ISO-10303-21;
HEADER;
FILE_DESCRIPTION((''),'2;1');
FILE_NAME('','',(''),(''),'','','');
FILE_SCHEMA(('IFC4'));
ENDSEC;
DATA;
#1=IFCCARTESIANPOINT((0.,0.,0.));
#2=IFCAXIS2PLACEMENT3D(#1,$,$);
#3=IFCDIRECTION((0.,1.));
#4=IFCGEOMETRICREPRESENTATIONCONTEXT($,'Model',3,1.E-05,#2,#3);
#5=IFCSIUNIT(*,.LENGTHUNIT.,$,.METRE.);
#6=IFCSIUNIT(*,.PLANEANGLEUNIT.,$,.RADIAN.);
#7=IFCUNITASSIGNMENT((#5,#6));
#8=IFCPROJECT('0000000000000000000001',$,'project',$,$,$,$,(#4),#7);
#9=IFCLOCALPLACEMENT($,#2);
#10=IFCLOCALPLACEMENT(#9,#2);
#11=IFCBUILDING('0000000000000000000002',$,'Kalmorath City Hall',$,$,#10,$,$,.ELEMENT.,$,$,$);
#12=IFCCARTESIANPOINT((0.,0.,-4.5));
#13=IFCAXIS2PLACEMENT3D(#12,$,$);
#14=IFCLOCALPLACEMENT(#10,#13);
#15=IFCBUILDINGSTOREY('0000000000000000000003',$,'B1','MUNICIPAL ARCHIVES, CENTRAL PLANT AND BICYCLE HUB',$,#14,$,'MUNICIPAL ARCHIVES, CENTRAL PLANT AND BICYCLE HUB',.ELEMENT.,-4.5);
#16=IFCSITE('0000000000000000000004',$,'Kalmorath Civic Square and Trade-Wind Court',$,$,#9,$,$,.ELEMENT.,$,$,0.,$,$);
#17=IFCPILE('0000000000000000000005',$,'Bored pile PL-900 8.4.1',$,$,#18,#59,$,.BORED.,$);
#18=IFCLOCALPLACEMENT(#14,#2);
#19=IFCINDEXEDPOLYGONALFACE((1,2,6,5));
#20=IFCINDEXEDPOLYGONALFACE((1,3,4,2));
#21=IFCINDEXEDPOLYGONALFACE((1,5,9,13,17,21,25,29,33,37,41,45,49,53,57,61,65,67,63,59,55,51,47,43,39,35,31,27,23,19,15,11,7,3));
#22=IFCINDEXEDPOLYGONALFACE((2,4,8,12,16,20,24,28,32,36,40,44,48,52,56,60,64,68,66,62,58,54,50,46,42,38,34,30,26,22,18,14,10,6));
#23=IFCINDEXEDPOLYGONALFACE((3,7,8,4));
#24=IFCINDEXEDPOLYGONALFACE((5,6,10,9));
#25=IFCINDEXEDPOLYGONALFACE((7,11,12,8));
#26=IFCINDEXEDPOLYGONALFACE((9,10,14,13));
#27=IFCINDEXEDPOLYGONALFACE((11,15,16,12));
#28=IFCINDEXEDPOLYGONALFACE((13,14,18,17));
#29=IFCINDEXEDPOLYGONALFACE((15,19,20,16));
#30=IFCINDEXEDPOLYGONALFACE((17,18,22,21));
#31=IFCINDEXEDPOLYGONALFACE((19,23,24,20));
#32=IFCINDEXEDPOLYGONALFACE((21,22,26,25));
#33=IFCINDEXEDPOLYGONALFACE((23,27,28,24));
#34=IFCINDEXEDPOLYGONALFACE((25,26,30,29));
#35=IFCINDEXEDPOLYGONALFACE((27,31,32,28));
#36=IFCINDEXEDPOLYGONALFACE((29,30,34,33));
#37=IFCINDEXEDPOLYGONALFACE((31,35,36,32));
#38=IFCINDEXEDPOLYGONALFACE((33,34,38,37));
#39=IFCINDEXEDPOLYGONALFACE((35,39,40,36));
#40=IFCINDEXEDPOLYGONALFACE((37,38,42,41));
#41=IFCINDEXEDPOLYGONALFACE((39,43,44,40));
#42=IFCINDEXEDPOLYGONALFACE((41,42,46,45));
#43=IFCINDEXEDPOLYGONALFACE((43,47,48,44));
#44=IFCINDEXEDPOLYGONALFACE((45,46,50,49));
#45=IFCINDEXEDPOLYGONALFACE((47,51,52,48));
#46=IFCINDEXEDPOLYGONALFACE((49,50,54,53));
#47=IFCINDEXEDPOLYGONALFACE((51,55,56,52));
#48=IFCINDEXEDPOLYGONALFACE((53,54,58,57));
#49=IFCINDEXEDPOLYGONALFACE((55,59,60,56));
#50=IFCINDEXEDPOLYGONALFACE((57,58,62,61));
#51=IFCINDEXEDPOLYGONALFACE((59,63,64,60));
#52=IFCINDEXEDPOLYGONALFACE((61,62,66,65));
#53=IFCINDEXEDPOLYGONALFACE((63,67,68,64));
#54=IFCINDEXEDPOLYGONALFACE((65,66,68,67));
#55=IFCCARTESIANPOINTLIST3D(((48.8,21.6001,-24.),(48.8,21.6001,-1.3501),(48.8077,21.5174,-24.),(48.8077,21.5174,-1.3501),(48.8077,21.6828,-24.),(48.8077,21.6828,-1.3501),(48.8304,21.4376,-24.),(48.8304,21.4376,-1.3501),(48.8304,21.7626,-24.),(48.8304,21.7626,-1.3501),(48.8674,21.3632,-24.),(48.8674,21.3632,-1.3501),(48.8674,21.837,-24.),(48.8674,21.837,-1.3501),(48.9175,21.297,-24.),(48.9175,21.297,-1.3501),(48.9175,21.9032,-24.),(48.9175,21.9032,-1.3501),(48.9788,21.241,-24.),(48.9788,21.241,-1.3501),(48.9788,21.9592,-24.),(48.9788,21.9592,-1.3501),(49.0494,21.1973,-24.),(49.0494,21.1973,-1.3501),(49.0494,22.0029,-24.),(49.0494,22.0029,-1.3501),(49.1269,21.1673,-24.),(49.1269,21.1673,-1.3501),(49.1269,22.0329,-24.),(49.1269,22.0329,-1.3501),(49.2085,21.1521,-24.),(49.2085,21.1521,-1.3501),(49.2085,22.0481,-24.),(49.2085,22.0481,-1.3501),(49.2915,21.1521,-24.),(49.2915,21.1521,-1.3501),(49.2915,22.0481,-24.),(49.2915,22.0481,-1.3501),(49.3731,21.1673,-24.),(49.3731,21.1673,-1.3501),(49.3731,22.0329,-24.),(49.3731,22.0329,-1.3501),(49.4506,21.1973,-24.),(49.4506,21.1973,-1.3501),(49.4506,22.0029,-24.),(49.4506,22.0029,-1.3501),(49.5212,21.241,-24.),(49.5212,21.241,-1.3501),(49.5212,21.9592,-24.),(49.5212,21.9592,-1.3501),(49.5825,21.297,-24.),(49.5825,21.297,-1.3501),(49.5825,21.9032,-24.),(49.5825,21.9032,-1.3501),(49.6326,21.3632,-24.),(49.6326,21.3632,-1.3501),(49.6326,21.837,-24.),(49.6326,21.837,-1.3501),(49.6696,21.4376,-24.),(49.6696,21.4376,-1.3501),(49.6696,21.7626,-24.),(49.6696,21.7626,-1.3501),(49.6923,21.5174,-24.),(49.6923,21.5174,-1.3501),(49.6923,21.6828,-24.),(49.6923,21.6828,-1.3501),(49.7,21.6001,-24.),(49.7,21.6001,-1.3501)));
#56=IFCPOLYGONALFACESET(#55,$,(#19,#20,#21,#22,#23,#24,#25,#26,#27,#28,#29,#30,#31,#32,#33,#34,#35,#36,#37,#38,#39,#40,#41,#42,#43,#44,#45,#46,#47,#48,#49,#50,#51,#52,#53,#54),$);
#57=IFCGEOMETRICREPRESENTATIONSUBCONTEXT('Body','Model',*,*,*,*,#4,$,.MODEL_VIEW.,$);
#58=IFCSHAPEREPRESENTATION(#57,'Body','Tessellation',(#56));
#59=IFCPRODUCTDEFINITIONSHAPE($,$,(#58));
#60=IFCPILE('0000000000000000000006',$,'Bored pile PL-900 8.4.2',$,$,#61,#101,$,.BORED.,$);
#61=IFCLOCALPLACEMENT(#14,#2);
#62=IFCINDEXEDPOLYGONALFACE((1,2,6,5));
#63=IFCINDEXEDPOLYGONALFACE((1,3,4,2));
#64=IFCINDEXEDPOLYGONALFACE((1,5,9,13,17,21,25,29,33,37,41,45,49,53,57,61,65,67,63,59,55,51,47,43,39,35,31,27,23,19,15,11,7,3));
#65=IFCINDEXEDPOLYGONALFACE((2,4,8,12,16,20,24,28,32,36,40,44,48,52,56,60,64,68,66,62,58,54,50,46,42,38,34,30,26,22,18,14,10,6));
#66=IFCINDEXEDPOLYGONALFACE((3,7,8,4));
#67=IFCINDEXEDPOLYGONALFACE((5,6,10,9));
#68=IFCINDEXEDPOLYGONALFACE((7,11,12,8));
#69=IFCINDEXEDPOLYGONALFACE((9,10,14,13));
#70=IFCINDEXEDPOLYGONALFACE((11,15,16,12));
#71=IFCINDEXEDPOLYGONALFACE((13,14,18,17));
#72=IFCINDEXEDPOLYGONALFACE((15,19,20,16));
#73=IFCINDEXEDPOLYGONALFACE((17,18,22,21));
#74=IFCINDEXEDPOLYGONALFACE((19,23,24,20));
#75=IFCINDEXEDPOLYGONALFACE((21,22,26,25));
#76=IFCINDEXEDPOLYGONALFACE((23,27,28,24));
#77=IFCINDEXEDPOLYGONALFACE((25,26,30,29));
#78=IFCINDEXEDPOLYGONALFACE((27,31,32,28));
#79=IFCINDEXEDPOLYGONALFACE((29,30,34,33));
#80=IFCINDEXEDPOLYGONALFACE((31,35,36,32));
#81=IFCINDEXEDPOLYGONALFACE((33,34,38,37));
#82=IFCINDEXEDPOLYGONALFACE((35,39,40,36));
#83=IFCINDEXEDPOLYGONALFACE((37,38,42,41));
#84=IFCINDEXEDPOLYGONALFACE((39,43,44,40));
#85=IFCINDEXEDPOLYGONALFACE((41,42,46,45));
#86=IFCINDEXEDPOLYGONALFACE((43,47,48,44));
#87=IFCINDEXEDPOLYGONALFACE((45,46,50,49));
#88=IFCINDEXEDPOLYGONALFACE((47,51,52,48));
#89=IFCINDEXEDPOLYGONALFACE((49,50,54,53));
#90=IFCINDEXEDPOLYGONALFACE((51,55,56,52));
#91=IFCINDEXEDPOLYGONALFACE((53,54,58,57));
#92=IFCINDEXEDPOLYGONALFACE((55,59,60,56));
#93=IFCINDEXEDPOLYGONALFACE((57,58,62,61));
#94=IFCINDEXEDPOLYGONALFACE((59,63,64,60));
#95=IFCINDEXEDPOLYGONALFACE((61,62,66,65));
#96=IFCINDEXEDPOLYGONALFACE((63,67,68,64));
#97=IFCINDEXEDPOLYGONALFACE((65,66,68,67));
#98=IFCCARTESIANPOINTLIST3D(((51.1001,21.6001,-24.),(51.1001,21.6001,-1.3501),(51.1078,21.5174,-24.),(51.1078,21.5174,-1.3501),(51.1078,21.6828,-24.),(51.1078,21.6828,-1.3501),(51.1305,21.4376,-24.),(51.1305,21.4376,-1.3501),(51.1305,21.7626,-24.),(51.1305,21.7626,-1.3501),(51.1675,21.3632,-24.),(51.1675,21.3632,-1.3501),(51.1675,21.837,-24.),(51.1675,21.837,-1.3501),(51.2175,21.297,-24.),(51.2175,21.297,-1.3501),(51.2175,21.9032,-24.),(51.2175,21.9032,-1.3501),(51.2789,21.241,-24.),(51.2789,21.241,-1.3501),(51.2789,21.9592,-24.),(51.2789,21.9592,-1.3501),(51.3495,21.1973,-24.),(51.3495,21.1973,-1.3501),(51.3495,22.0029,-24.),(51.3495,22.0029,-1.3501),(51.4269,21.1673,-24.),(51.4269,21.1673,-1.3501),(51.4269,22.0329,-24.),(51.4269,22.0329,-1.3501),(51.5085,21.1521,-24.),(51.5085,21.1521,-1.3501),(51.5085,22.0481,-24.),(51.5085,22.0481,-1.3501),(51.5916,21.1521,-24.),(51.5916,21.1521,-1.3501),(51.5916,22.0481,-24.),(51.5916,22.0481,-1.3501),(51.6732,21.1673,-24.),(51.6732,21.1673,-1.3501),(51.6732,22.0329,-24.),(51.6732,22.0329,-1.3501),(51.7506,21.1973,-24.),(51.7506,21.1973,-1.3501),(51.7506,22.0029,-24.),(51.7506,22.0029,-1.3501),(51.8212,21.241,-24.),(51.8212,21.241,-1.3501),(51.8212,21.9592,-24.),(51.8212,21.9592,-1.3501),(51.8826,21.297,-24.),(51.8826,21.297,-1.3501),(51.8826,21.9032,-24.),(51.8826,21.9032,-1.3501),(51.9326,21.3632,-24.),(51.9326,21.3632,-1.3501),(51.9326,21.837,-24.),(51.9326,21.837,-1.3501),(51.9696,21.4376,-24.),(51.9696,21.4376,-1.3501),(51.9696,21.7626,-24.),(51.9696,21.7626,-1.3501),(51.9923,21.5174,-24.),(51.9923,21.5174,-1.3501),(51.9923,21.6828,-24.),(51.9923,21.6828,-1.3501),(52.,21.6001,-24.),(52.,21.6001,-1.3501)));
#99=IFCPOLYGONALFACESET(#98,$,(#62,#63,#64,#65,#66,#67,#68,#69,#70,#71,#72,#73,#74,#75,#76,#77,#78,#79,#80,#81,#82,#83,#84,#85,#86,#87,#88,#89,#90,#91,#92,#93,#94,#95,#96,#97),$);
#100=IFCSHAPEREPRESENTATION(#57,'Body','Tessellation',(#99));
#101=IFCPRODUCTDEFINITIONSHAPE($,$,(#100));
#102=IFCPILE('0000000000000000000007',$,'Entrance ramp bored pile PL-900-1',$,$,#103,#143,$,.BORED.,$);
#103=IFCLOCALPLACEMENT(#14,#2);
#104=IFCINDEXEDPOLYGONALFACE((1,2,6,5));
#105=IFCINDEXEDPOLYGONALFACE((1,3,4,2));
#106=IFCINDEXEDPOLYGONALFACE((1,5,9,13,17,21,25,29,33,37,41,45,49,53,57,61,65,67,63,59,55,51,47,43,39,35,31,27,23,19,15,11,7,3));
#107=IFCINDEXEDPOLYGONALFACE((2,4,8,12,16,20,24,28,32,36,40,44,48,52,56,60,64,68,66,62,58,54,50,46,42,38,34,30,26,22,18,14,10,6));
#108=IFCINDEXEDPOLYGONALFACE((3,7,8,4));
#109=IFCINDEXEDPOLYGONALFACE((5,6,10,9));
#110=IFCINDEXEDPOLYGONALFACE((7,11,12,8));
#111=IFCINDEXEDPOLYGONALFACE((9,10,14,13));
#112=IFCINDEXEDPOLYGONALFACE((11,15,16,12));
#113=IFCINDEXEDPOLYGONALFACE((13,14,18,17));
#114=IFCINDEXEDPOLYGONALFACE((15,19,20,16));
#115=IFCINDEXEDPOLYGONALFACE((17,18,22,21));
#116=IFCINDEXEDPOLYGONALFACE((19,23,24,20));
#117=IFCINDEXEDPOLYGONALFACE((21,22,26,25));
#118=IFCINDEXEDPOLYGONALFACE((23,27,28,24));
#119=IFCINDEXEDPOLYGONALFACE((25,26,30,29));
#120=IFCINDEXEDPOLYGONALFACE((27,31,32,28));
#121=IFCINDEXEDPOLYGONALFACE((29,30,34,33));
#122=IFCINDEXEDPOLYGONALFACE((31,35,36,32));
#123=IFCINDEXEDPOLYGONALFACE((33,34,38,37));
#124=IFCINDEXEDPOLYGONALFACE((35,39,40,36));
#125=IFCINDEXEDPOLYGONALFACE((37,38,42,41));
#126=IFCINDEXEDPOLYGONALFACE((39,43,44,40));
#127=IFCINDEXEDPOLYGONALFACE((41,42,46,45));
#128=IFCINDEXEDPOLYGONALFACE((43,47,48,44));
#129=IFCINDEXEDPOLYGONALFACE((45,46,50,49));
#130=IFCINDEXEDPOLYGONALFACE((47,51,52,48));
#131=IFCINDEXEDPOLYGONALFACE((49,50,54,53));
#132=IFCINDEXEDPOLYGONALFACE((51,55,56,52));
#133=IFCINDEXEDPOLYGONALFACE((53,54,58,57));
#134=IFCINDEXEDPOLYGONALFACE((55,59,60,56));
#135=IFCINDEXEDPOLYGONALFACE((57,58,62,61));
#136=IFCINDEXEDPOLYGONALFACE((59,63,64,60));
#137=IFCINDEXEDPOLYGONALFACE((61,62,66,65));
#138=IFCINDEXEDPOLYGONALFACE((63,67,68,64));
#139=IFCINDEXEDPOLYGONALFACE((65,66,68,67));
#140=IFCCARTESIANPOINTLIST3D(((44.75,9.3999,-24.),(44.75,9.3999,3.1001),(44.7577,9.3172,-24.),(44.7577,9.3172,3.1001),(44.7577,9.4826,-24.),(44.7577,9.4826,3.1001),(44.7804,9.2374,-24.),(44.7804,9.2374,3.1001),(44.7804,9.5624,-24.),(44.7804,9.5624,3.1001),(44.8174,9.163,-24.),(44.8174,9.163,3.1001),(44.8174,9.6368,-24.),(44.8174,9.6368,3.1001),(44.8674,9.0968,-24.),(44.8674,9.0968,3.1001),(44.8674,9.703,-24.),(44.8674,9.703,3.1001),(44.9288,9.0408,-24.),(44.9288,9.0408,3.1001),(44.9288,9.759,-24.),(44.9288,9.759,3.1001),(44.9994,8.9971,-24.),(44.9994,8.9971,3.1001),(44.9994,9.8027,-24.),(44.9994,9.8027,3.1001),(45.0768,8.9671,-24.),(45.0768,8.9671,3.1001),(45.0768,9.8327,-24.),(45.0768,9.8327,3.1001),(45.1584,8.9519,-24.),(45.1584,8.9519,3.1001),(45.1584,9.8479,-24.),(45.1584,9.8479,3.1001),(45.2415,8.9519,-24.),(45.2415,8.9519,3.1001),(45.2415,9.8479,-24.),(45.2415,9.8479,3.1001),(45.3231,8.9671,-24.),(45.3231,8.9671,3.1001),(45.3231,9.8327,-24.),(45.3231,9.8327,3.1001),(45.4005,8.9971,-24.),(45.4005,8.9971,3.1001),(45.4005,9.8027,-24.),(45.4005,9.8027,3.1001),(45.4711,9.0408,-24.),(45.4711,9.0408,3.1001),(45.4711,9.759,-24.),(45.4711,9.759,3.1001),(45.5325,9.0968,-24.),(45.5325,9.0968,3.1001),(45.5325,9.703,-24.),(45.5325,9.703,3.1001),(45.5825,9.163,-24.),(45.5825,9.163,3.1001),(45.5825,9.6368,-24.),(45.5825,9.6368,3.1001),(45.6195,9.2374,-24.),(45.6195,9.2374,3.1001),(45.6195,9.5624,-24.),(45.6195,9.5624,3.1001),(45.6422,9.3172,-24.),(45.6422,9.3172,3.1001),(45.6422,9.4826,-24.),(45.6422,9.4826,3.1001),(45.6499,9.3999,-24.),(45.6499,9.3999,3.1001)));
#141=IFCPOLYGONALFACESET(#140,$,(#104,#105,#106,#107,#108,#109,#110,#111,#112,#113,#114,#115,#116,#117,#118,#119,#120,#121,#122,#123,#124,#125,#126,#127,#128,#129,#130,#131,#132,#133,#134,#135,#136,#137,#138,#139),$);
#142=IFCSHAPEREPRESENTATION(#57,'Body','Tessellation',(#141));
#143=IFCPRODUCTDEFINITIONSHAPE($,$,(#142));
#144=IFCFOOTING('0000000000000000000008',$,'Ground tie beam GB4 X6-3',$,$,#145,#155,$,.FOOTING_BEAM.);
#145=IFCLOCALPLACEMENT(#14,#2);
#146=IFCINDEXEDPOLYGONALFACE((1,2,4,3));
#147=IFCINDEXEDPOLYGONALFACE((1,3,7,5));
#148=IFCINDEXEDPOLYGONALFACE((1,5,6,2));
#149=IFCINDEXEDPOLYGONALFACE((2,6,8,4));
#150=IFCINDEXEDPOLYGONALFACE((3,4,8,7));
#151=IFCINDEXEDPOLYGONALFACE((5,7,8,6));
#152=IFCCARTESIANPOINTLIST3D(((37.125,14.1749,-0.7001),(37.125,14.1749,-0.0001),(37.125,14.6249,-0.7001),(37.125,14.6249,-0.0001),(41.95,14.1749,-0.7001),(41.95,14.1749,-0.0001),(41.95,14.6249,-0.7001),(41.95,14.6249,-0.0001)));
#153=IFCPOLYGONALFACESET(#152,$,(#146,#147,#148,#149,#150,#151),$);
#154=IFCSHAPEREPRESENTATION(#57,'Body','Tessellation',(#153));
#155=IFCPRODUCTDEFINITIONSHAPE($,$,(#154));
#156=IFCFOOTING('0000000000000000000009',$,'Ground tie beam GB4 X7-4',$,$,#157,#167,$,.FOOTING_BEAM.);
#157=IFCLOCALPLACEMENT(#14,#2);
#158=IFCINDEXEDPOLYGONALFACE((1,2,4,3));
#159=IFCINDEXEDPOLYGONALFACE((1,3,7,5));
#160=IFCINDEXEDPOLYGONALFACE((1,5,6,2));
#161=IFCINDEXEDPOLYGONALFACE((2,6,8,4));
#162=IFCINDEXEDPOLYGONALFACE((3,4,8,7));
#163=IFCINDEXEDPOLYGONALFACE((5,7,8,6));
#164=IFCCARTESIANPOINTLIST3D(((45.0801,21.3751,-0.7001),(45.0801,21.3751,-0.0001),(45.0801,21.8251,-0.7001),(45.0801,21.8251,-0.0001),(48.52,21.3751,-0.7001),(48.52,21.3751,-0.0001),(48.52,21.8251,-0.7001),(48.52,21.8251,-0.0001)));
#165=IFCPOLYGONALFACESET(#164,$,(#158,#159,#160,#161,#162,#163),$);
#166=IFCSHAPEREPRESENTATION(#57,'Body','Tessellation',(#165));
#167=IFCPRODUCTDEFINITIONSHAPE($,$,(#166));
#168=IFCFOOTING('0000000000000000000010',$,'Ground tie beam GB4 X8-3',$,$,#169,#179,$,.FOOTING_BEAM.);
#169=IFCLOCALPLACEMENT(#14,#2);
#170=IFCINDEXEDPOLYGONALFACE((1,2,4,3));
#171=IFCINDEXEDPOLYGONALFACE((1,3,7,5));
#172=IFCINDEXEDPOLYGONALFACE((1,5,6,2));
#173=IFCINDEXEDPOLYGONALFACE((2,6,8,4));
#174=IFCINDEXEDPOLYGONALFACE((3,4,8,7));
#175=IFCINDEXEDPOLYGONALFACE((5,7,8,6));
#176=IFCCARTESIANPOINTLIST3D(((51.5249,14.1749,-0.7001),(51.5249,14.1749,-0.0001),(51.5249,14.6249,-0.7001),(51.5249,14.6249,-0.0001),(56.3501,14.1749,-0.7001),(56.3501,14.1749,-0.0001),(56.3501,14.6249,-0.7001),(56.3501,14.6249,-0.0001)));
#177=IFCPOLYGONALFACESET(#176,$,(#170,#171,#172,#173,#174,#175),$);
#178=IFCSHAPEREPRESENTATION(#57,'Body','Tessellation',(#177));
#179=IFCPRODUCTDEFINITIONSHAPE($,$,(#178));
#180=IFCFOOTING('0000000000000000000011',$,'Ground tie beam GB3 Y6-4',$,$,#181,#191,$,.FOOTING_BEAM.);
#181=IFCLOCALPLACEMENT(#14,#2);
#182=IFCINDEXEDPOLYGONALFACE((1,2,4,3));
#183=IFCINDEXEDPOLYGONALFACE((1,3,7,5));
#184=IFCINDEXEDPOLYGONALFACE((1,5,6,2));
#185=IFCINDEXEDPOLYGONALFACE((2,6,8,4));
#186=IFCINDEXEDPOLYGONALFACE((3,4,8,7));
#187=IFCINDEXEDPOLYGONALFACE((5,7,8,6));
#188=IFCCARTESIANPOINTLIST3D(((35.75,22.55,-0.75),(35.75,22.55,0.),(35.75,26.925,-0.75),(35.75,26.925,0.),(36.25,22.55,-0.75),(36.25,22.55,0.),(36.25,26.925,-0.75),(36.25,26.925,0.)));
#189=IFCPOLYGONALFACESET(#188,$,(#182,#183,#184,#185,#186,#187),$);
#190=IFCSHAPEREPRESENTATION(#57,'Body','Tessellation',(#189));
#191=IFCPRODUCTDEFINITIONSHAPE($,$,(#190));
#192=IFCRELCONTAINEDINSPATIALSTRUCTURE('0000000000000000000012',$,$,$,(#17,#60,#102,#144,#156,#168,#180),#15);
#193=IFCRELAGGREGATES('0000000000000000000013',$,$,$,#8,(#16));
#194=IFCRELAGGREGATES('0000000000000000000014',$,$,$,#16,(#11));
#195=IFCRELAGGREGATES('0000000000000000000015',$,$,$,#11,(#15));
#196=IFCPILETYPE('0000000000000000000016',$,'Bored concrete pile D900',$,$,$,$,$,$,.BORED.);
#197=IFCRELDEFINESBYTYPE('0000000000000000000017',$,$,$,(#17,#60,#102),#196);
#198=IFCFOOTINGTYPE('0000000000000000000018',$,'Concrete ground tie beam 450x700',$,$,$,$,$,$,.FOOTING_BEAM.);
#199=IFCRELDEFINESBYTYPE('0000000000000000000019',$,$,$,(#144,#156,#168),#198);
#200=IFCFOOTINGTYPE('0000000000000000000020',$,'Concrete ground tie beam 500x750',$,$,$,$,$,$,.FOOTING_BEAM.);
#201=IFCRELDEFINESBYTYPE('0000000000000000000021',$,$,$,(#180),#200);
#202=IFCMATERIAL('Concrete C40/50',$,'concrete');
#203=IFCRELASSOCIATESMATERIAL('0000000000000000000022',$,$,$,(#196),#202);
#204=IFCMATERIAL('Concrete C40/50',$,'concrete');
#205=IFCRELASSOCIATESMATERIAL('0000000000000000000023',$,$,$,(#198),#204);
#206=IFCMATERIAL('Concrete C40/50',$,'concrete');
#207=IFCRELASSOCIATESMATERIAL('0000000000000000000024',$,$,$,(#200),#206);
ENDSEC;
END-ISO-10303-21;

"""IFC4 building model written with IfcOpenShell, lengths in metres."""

from ifc_helpers import new_model, si_unit, direction, frame, origin, origin_2d, place, context, subcontext, project, spatial, rectangle, circle, extrude, material, material_profile, profile_set, type_object, element, save


model = new_model("IFC4")

# Units and contexts
model_context = context("Model", 3, precision=1e-05, world=origin(), true_north=direction((0.0, 1.0)))
body_context = subcontext(model_context, "Body", "Model", "MODEL_VIEW")
ifc_project = project(units=[si_unit("LENGTHUNIT", "METRE"), si_unit("PLANEANGLEUNIT", "RADIAN")], contexts=[model_context])

# Site, building, storey
site_placement = place(None, origin())
site = spatial("IfcSite", under=ifc_project, at=site_placement, Name="Kalmorath Civic Square and Trade-Wind Court", CompositionType="ELEMENT", RefElevation=0.0)
building_placement = place(site_placement, origin())
building = spatial("IfcBuilding", under=site, at=building_placement, Name="Kalmorath City Hall", CompositionType="ELEMENT")
storey_placement = place(building_placement, frame((0.0, 0.0, -4.5)))
storey = spatial("IfcBuildingStorey", under=building, at=storey_placement, Name="B1", Description="MUNICIPAL ARCHIVES, CENTRAL PLANT AND BICYCLE HUB", LongName="MUNICIPAL ARCHIVES, CENTRAL PLANT AND BICYCLE HUB", CompositionType="ELEMENT", Elevation=-4.5)

# Piles
ifc_material_1 = material(Name="Concrete C40/50", Category="concrete")
ifc_material_profile_1 = material_profile(ifc_material_1, circle(Radius=0.45, at=origin_2d()), Name="PILE-D900")
ifc_profile_set_1 = profile_set([ifc_material_profile_1], Name="Concrete C40/50")
pile_type = type_object("IfcPileType", Name="Bored concrete pile D900", PredefinedType="BORED", material=ifc_profile_set_1)
for number, where, z_axis, x_axis, name in (
    (1, (49.25, 21.6001, -1.3501), (0.0, 0.0, -1.0), (1.0, 0.0, 0.0), "Bored pile PL-900 8.4.1"),
    (2, (51.55, 21.6001, -1.3501), (0.0, 0.0, -1.0), (1.0, 0.0, 0.0), "Bored pile PL-900 8.4.2"),
):
    element("IfcPile", number, at=place(storey_placement, frame(where, z_axis=z_axis, x_axis=x_axis)), inside=storey, type_object=pile_type, Name=name, PredefinedType="BORED", context=body_context, shape_type="SweptSolid", body=[
        extrude(circle(Radius=0.45, at=origin_2d()), origin(), (0.0, 0.0, 1.0), 22.6499),
    ])
pile_1_placement = place(storey_placement, frame((45.2, 9.3999, 3.1001), z_axis=(0.0, 0.0, -1.0), x_axis=(1.0, 0.0, 0.0)))
element("IfcPile", 3, at=pile_1_placement, inside=storey, type_object=pile_type, Name="Entrance ramp bored pile PL-900-1", PredefinedType="BORED", context=body_context, shape_type="SweptSolid", body=[
    extrude(circle(Radius=0.45, at=origin_2d()), origin(), (0.0, 0.0, 1.0), 27.1001),
])

# Footings
ifc_material_2 = material(Name="Concrete C40/50", Category="concrete")
ifc_material_profile_2 = material_profile(ifc_material_2, rectangle(XDim=0.45, YDim=0.7, at=origin_2d()), Name="RC-BM-450X700")
ifc_profile_set_2 = profile_set([ifc_material_profile_2], Name="Concrete C40/50")
footing_type_1 = type_object("IfcFootingType", Name="Concrete ground tie beam 450x700", PredefinedType="FOOTING_BEAM", material=ifc_profile_set_2)
footing_1_placement = place(storey_placement, frame((37.125, 14.3999, -0.3501), z_axis=(1.0, 0.0, 0.0), x_axis=(0.0, 1.0, 0.0)))
element("IfcFooting", 4, at=footing_1_placement, inside=storey, type_object=footing_type_1, Name="Ground tie beam GB4 X6-3", PredefinedType="FOOTING_BEAM", context=body_context, shape_type="SweptSolid", body=[
    extrude(rectangle(XDim=0.45, YDim=0.7, at=origin_2d()), origin(), (0.0, 0.0, 1.0), 4.825),
])
footing_2_placement = place(storey_placement, frame((45.0801, 21.6001, -0.3501), z_axis=(1.0, 0.0, 0.0), x_axis=(0.0, 1.0, 0.0)))
element("IfcFooting", 5, at=footing_2_placement, inside=storey, type_object=footing_type_1, Name="Ground tie beam GB4 X7-4", PredefinedType="FOOTING_BEAM", context=body_context, shape_type="SweptSolid", body=[
    extrude(rectangle(XDim=0.45, YDim=0.7, at=origin_2d()), origin(), (0.0, 0.0, 1.0), 3.4399),
])
footing_3_placement = place(storey_placement, frame((51.5249, 14.3999, -0.3501), z_axis=(1.0, 0.0, 0.0), x_axis=(0.0, 1.0, 0.0)))
element("IfcFooting", 6, at=footing_3_placement, inside=storey, type_object=footing_type_1, Name="Ground tie beam GB4 X8-3", PredefinedType="FOOTING_BEAM", context=body_context, shape_type="SweptSolid", body=[
    extrude(rectangle(XDim=0.45, YDim=0.7, at=origin_2d()), origin(), (0.0, 0.0, 1.0), 4.8252),
])
ifc_material_3 = material(Name="Concrete C40/50", Category="concrete")
ifc_material_profile_3 = material_profile(ifc_material_3, rectangle(XDim=0.5, YDim=0.75, at=origin_2d()), Name="RC-BM-500X750")
ifc_profile_set_3 = profile_set([ifc_material_profile_3], Name="Concrete C40/50")
footing_type_2 = type_object("IfcFootingType", Name="Concrete ground tie beam 500x750", PredefinedType="FOOTING_BEAM", material=ifc_profile_set_3)
footing_4_placement = place(storey_placement, frame((36.0, 22.55, -0.375), z_axis=(0.0, 1.0, 0.0), x_axis=(-1.0, 0.0, 0.0)))
element("IfcFooting", 7, at=footing_4_placement, inside=storey, type_object=footing_type_2, Name="Ground tie beam GB3 Y6-4", PredefinedType="FOOTING_BEAM", context=body_context, shape_type="SweptSolid", body=[
    extrude(rectangle(XDim=0.5, YDim=0.75, at=origin_2d()), origin(), (0.0, 0.0, 1.0), 4.375),
])

save(model, "model.ifc")
